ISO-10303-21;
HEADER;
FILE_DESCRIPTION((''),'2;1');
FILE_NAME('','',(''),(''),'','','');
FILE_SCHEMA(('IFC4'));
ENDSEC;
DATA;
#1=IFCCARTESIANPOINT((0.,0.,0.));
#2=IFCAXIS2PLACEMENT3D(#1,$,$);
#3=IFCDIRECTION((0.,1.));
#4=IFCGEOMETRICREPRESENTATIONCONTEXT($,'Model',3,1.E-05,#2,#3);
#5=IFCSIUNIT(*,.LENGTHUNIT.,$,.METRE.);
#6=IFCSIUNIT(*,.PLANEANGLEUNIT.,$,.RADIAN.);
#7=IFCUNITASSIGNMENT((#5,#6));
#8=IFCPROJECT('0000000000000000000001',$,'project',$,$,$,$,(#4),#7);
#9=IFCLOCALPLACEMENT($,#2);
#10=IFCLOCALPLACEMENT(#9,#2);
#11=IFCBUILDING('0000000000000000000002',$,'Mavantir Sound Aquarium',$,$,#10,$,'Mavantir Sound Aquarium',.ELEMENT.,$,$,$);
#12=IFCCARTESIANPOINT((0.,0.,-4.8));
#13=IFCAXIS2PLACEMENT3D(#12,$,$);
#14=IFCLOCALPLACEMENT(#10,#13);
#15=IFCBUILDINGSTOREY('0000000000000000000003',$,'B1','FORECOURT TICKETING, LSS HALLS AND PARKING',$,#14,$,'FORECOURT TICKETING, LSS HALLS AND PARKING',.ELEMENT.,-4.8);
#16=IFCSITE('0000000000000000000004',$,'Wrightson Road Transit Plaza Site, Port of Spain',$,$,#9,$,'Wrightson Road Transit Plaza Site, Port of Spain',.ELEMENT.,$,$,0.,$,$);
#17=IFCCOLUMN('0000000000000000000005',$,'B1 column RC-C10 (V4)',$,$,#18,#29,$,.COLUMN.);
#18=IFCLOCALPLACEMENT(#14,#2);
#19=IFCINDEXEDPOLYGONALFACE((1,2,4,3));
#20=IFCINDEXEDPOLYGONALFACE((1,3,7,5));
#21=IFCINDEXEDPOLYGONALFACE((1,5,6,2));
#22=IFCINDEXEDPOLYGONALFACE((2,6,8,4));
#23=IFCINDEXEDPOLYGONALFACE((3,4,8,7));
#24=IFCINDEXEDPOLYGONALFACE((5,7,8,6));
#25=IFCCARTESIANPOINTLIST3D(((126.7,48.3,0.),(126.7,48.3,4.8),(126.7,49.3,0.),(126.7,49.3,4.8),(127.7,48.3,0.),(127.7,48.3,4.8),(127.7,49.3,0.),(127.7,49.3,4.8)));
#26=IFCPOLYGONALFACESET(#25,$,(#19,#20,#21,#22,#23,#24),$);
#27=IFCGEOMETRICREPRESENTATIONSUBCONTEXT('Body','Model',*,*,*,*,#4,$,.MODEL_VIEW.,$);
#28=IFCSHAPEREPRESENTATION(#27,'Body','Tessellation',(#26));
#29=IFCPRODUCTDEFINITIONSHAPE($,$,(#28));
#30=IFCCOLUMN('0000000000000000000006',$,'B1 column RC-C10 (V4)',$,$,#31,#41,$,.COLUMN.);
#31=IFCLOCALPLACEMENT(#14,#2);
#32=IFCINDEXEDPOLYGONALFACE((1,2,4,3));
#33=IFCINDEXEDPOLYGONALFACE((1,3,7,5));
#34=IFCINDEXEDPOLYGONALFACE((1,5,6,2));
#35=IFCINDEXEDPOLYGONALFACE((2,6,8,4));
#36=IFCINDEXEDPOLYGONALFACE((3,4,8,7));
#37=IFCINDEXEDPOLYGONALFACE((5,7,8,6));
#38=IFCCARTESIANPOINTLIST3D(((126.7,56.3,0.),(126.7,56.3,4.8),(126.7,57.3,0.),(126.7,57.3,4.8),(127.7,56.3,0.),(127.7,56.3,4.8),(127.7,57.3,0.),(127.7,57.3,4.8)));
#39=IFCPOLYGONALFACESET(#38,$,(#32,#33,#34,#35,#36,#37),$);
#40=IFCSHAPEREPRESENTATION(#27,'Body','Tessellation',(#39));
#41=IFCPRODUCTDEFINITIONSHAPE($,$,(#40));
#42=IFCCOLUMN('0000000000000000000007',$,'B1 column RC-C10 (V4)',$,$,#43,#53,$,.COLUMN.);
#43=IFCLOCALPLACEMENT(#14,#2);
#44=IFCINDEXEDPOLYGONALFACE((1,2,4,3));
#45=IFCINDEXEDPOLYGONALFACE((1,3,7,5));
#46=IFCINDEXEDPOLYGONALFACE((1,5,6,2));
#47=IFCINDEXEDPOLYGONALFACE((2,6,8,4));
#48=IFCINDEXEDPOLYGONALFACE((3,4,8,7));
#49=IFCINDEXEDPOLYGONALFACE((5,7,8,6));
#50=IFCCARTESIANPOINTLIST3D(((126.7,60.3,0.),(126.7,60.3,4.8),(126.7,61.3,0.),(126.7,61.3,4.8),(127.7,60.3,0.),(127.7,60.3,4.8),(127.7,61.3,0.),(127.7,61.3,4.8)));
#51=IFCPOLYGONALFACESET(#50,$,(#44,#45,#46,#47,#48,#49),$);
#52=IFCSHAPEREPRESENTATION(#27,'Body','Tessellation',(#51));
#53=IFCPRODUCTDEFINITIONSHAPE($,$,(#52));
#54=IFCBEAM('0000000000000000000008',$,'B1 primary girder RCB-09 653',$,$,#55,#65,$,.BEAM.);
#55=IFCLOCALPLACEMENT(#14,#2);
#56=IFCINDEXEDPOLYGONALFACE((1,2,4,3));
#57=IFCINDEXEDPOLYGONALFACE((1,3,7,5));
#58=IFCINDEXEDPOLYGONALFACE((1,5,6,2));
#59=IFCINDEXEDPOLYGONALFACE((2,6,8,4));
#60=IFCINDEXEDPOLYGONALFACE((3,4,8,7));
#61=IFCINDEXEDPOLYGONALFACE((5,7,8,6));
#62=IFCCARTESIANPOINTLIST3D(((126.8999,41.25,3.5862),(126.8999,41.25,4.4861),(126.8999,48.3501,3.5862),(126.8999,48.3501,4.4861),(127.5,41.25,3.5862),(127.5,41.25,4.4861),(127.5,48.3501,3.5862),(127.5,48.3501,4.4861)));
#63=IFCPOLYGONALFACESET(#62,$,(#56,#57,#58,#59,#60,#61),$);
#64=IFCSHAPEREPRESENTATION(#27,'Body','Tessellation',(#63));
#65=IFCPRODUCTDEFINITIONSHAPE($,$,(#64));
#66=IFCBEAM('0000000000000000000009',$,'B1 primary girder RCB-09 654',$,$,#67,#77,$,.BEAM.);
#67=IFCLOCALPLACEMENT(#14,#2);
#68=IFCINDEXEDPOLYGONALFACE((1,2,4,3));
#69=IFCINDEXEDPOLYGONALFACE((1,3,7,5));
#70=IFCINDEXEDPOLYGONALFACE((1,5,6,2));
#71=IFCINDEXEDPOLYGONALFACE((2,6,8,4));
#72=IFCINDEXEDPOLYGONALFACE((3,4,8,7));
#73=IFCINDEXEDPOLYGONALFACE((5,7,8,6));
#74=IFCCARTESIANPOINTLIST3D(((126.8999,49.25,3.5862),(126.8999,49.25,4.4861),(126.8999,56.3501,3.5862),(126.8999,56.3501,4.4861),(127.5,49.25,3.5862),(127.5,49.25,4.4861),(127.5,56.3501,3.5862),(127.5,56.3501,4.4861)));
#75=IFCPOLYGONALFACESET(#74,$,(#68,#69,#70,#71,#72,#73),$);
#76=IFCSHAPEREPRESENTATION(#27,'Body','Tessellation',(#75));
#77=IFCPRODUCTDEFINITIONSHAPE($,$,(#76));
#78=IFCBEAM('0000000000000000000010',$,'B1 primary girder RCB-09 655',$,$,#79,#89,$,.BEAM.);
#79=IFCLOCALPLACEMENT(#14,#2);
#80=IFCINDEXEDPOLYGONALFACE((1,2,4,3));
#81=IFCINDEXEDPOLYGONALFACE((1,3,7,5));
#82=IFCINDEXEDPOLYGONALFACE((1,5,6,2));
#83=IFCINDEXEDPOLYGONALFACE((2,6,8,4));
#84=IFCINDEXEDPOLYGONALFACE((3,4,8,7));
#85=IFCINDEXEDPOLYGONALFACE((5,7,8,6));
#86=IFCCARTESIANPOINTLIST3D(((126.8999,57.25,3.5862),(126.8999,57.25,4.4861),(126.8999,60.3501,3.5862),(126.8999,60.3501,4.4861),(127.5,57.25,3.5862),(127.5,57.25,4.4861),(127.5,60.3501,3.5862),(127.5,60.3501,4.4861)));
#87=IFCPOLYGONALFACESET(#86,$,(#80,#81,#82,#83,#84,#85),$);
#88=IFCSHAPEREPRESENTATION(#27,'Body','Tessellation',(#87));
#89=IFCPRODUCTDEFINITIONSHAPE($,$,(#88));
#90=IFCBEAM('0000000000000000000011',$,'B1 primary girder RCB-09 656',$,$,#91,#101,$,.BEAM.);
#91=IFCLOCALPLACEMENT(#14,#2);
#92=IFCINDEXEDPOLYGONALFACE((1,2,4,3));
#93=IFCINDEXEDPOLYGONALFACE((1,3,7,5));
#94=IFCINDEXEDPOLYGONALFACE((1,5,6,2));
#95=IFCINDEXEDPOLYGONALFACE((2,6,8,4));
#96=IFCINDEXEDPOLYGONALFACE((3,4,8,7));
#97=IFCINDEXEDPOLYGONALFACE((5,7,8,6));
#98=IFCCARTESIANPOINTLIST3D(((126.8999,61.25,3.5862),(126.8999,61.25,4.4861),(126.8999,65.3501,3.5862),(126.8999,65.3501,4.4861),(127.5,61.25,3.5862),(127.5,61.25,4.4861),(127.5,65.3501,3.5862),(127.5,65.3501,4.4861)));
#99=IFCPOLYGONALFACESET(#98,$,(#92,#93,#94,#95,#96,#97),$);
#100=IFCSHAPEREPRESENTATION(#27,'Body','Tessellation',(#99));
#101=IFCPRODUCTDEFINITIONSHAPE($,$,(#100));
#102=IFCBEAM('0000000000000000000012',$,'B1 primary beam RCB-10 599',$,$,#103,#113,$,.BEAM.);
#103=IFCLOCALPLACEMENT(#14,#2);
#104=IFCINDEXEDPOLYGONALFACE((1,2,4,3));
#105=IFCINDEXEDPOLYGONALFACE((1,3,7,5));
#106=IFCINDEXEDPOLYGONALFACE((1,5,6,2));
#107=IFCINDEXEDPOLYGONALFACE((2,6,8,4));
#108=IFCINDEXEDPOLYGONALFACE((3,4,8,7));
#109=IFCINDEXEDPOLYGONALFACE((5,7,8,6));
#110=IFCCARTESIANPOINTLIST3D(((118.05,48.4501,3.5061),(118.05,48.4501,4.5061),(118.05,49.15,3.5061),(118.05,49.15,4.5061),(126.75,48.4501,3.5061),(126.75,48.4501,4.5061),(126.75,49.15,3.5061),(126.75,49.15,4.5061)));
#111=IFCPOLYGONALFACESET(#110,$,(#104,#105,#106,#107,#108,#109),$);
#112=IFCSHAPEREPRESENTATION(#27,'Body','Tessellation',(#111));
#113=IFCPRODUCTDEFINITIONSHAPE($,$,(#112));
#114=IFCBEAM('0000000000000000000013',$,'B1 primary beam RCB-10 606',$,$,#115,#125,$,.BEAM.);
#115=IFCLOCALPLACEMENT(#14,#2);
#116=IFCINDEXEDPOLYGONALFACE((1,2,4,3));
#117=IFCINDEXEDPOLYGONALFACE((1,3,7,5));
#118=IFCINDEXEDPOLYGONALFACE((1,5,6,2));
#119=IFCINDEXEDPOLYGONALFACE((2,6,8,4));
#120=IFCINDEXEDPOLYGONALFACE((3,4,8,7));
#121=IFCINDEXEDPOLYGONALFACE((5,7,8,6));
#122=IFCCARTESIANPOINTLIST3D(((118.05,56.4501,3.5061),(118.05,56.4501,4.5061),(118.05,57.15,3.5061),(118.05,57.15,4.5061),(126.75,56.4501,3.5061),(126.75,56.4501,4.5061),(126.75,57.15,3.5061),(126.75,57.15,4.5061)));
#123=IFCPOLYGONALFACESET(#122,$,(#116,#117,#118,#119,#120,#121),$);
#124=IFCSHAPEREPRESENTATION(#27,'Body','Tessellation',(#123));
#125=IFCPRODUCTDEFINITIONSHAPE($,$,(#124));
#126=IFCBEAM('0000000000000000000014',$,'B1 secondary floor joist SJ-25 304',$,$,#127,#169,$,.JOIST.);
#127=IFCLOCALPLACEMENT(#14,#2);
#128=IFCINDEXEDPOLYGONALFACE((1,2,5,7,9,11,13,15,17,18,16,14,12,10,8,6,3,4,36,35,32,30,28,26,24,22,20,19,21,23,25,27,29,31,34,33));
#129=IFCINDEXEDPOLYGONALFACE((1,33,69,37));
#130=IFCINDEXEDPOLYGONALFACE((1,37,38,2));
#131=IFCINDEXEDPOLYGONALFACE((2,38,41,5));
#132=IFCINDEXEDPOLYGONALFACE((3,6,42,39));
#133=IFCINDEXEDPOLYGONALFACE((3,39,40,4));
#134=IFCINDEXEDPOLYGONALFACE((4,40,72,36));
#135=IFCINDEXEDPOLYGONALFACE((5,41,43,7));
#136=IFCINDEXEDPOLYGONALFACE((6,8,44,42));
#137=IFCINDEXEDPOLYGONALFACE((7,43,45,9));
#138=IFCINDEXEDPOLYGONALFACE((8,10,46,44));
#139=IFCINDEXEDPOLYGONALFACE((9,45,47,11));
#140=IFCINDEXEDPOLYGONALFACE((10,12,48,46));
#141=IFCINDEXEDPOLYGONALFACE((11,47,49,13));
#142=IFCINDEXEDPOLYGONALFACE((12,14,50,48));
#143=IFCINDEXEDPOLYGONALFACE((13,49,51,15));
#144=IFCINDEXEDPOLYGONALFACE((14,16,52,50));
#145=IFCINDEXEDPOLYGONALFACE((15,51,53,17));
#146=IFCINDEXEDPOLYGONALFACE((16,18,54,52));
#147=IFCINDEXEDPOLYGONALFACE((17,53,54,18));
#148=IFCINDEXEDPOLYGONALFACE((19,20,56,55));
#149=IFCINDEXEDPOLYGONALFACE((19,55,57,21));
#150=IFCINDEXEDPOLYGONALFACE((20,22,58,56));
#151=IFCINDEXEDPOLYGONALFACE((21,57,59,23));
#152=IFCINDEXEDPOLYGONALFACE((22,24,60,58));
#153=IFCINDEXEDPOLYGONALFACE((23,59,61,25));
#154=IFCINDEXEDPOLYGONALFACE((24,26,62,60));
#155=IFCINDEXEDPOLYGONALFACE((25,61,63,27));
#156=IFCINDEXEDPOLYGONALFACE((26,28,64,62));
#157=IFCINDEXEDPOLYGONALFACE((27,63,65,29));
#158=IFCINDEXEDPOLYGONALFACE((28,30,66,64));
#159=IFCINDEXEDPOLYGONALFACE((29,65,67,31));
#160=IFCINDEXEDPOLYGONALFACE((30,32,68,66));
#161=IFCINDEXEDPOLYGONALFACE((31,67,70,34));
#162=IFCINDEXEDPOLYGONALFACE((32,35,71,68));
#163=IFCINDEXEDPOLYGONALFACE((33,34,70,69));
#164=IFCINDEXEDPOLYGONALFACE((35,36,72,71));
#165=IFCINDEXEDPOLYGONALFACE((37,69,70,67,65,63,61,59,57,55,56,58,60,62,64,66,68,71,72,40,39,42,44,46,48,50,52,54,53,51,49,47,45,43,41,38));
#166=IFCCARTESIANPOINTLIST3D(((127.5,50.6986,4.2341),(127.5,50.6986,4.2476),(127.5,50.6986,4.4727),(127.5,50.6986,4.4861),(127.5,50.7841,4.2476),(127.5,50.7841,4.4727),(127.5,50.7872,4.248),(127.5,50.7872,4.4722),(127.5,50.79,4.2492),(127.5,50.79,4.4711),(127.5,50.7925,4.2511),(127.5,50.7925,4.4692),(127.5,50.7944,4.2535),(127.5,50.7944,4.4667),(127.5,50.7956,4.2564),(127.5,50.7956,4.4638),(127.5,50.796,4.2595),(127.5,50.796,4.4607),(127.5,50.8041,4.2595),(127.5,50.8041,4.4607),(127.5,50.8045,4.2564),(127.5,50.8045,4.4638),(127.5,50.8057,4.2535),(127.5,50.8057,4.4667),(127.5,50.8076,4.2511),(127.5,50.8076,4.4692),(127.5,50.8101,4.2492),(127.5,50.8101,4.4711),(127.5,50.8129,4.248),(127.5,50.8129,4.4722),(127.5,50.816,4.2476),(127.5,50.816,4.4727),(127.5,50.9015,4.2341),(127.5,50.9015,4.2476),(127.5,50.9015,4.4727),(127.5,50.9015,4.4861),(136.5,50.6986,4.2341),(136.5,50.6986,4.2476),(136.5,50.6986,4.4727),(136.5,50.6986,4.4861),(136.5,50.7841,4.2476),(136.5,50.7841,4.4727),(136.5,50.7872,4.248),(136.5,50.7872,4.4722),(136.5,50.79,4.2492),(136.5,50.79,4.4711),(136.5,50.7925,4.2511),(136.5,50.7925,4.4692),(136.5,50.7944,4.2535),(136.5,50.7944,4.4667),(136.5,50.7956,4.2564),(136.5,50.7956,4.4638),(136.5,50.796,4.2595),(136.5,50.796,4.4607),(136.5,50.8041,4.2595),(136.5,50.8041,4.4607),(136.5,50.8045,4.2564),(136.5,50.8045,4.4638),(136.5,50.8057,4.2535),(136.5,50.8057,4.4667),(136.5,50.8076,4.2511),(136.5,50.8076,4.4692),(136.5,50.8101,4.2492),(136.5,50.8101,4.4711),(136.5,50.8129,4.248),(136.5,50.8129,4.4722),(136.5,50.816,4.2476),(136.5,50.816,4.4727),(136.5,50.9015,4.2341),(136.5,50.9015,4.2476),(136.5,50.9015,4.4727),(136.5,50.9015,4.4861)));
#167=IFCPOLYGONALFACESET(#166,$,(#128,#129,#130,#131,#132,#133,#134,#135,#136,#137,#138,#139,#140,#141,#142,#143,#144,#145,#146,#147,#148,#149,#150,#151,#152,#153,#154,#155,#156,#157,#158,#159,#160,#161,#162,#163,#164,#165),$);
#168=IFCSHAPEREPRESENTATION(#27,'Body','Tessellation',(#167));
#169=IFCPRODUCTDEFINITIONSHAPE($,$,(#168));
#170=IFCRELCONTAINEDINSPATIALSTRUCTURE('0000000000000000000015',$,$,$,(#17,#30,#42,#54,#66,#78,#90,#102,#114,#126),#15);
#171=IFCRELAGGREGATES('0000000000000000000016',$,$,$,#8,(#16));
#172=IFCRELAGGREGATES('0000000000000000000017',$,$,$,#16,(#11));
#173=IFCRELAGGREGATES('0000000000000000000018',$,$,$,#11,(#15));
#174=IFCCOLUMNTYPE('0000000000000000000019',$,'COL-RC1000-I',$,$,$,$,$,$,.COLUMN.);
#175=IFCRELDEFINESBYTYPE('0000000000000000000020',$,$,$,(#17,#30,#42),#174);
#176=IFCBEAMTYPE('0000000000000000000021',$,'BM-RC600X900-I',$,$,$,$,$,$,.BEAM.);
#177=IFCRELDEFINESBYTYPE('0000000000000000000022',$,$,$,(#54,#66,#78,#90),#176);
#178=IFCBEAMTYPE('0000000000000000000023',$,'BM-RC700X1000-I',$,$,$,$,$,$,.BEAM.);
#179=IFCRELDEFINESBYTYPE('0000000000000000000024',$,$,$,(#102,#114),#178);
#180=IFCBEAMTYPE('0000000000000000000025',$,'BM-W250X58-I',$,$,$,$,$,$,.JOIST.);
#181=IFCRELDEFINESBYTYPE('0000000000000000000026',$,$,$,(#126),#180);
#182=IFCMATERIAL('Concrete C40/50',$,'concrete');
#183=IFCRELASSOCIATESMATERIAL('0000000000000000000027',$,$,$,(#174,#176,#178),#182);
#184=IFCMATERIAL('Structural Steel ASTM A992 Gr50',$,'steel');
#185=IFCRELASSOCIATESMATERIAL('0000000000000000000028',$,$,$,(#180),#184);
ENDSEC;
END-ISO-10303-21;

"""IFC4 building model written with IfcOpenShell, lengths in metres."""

from ifc_helpers import new_model, si_unit, direction, frame, origin, origin_2d, place, context, subcontext, project, spatial, rectangle, i_section, extrude, material, material_profile, profile_set, type_object, element, save


model = new_model("IFC4")

# Units and contexts
model_context = context("Model", 3, precision=1e-05, world=origin(), true_north=direction((0.0, 1.0)))
body_context = subcontext(model_context, "Body", "Model", "MODEL_VIEW")
ifc_project = project(units=[si_unit("LENGTHUNIT", "METRE"), si_unit("PLANEANGLEUNIT", "RADIAN")], contexts=[model_context])

# Site, building, storey
site_placement = place(None, origin())
site = spatial("IfcSite", under=ifc_project, at=site_placement, Name="Wrightson Road Transit Plaza Site, Port of Spain", LongName="Wrightson Road Transit Plaza Site, Port of Spain", CompositionType="ELEMENT", RefElevation=0.0)
building_placement = place(site_placement, origin())
building = spatial("IfcBuilding", under=site, at=building_placement, Name="Mavantir Sound Aquarium", LongName="Mavantir Sound Aquarium", CompositionType="ELEMENT")
storey_placement = place(building_placement, frame((0.0, 0.0, -4.8)))
storey = spatial("IfcBuildingStorey", under=building, at=storey_placement, Name="B1", Description="FORECOURT TICKETING, LSS HALLS AND PARKING", LongName="FORECOURT TICKETING, LSS HALLS AND PARKING", CompositionType="ELEMENT", Elevation=-4.8)

# Columns
ifc_material_1 = material(Name="Concrete C40/50", Category="concrete")
ifc_material_profile_1 = material_profile(ifc_material_1, rectangle(XDim=1.0, YDim=1.0, at=origin_2d()), Name="RC 1000X1000")
ifc_profile_set_1 = profile_set([ifc_material_profile_1], Name="Concrete C40/50")
column_type = type_object("IfcColumnType", Name="COL-RC1000-I", PredefinedType="COLUMN", material=ifc_profile_set_1)
for number, where, z_axis, x_axis, name in (
    (1, (127.2, 48.8, 0.0), (0.0, 0.0, 1.0), (1.0, 0.0, 0.0), "B1 column RC-C10 (V4)"),
    (2, (127.2, 56.8, 0.0), (0.0, 0.0, 1.0), (1.0, 0.0, 0.0), "B1 column RC-C10 (V4)"),
    (3, (127.2, 60.8, 0.0), (0.0, 0.0, 1.0), (1.0, 0.0, 0.0), "B1 column RC-C10 (V4)"),
):
    element("IfcColumn", number, at=place(storey_placement, frame(where, z_axis=z_axis, x_axis=x_axis)), inside=storey, type_object=column_type, Name=name, PredefinedType="COLUMN", context=body_context, shape_type="SweptSolid", body=[
        extrude(rectangle(XDim=1.0, YDim=1.0, at=origin_2d()), origin(), (0.0, 0.0, 1.0), 4.8),
    ])

# Beams
ifc_material_profile_2 = material_profile(ifc_material_1, rectangle(XDim=0.6001, YDim=0.8999, at=origin_2d()), Name="RC 600X900")
ifc_profile_set_2 = profile_set([ifc_material_profile_2], Name="Concrete C40/50")
beam_type_1 = type_object("IfcBeamType", Name="BM-RC600X900-I", PredefinedType="BEAM", material=ifc_profile_set_2)
for number, where, z_axis, x_axis, name in (
    (4, (127.2, 41.25, 4.0361), (0.0, 1.0, 0.0), (-1.0, 0.0, 0.0), "B1 primary girder RCB-09 653"),
    (5, (127.2, 49.25, 4.0361), (0.0, 1.0, 0.0), (-1.0, 0.0, 0.0), "B1 primary girder RCB-09 654"),
):
    element("IfcBeam", number, at=place(storey_placement, frame(where, z_axis=z_axis, x_axis=x_axis)), inside=storey, type_object=beam_type_1, Name=name, PredefinedType="BEAM", context=body_context, shape_type="SweptSolid", body=[
        extrude(rectangle(XDim=0.6001, YDim=0.8999, at=origin_2d()), origin(), (0.0, 0.0, 1.0), 7.1001),
    ])
beam_1_placement = place(storey_placement, frame((127.2, 57.25, 4.0361), z_axis=(0.0, 1.0, 0.0), x_axis=(-1.0, 0.0, 0.0)))
element("IfcBeam", 6, at=beam_1_placement, inside=storey, type_object=beam_type_1, Name="B1 primary girder RCB-09 655", PredefinedType="BEAM", context=body_context, shape_type="SweptSolid", body=[
    extrude(rectangle(XDim=0.6001, YDim=0.8999, at=origin_2d()), origin(), (0.0, 0.0, 1.0), 3.1001),
])
beam_2_placement = place(storey_placement, frame((127.2, 61.25, 4.0361), z_axis=(0.0, 1.0, 0.0), x_axis=(-1.0, 0.0, 0.0)))
element("IfcBeam", 7, at=beam_2_placement, inside=storey, type_object=beam_type_1, Name="B1 primary girder RCB-09 656", PredefinedType="BEAM", context=body_context, shape_type="SweptSolid", body=[
    extrude(rectangle(XDim=0.6001, YDim=0.8999, at=origin_2d()), origin(), (0.0, 0.0, 1.0), 4.1001),
])
ifc_material_profile_3 = material_profile(ifc_material_1, rectangle(XDim=0.7, YDim=1.0, at=origin_2d()), Name="RC 700X1000")
ifc_profile_set_3 = profile_set([ifc_material_profile_3], Name="Concrete C40/50")
beam_type_2 = type_object("IfcBeamType", Name="BM-RC700X1000-I", PredefinedType="BEAM", material=ifc_profile_set_3)
for number, where, z_axis, x_axis, name in (
    (8, (118.05, 48.8, 4.0061), (1.0, 0.0, 0.0), (0.0, 1.0, 0.0), "B1 primary beam RCB-10 599"),
    (9, (118.05, 56.8, 4.0061), (1.0, 0.0, 0.0), (0.0, 1.0, 0.0), "B1 primary beam RCB-10 606"),
):
    element("IfcBeam", number, at=place(storey_placement, frame(where, z_axis=z_axis, x_axis=x_axis)), inside=storey, type_object=beam_type_2, Name=name, PredefinedType="BEAM", context=body_context, shape_type="SweptSolid", body=[
        extrude(rectangle(XDim=0.7, YDim=1.0, at=origin_2d()), origin(), (0.0, 0.0, 1.0), 8.7),
    ])
ifc_material_2 = material(Name="Structural Steel ASTM A992 Gr50", Category="steel")
ifc_material_profile_4 = material_profile(ifc_material_2, i_section(OverallWidth=0.2029, OverallDepth=0.252, WebThickness=0.0081, FlangeThickness=0.0134, FilletRadius=0.012, at=origin_2d()), Name="W250X58")
ifc_profile_set_4 = profile_set([ifc_material_profile_4], Name="Structural Steel ASTM A992 Gr50")
beam_type_3 = type_object("IfcBeamType", Name="BM-W250X58-I", PredefinedType="JOIST", material=ifc_profile_set_4)
beam_3_placement = place(storey_placement, frame((127.5, 50.8, 4.3601), z_axis=(1.0, 0.0, 0.0), x_axis=(0.0, 1.0, 0.0)))
element("IfcBeam", 10, at=beam_3_placement, inside=storey, type_object=beam_type_3, Name="B1 secondary floor joist SJ-25 304", PredefinedType="JOIST", context=body_context, shape_type="SweptSolid", body=[
    extrude(i_section(OverallWidth=0.2029, OverallDepth=0.252, WebThickness=0.0081, FlangeThickness=0.0134, FilletRadius=0.012, at=origin_2d()), origin(), (0.0, 0.0, 1.0), 9.0),
])

save(model, "model.ifc")
